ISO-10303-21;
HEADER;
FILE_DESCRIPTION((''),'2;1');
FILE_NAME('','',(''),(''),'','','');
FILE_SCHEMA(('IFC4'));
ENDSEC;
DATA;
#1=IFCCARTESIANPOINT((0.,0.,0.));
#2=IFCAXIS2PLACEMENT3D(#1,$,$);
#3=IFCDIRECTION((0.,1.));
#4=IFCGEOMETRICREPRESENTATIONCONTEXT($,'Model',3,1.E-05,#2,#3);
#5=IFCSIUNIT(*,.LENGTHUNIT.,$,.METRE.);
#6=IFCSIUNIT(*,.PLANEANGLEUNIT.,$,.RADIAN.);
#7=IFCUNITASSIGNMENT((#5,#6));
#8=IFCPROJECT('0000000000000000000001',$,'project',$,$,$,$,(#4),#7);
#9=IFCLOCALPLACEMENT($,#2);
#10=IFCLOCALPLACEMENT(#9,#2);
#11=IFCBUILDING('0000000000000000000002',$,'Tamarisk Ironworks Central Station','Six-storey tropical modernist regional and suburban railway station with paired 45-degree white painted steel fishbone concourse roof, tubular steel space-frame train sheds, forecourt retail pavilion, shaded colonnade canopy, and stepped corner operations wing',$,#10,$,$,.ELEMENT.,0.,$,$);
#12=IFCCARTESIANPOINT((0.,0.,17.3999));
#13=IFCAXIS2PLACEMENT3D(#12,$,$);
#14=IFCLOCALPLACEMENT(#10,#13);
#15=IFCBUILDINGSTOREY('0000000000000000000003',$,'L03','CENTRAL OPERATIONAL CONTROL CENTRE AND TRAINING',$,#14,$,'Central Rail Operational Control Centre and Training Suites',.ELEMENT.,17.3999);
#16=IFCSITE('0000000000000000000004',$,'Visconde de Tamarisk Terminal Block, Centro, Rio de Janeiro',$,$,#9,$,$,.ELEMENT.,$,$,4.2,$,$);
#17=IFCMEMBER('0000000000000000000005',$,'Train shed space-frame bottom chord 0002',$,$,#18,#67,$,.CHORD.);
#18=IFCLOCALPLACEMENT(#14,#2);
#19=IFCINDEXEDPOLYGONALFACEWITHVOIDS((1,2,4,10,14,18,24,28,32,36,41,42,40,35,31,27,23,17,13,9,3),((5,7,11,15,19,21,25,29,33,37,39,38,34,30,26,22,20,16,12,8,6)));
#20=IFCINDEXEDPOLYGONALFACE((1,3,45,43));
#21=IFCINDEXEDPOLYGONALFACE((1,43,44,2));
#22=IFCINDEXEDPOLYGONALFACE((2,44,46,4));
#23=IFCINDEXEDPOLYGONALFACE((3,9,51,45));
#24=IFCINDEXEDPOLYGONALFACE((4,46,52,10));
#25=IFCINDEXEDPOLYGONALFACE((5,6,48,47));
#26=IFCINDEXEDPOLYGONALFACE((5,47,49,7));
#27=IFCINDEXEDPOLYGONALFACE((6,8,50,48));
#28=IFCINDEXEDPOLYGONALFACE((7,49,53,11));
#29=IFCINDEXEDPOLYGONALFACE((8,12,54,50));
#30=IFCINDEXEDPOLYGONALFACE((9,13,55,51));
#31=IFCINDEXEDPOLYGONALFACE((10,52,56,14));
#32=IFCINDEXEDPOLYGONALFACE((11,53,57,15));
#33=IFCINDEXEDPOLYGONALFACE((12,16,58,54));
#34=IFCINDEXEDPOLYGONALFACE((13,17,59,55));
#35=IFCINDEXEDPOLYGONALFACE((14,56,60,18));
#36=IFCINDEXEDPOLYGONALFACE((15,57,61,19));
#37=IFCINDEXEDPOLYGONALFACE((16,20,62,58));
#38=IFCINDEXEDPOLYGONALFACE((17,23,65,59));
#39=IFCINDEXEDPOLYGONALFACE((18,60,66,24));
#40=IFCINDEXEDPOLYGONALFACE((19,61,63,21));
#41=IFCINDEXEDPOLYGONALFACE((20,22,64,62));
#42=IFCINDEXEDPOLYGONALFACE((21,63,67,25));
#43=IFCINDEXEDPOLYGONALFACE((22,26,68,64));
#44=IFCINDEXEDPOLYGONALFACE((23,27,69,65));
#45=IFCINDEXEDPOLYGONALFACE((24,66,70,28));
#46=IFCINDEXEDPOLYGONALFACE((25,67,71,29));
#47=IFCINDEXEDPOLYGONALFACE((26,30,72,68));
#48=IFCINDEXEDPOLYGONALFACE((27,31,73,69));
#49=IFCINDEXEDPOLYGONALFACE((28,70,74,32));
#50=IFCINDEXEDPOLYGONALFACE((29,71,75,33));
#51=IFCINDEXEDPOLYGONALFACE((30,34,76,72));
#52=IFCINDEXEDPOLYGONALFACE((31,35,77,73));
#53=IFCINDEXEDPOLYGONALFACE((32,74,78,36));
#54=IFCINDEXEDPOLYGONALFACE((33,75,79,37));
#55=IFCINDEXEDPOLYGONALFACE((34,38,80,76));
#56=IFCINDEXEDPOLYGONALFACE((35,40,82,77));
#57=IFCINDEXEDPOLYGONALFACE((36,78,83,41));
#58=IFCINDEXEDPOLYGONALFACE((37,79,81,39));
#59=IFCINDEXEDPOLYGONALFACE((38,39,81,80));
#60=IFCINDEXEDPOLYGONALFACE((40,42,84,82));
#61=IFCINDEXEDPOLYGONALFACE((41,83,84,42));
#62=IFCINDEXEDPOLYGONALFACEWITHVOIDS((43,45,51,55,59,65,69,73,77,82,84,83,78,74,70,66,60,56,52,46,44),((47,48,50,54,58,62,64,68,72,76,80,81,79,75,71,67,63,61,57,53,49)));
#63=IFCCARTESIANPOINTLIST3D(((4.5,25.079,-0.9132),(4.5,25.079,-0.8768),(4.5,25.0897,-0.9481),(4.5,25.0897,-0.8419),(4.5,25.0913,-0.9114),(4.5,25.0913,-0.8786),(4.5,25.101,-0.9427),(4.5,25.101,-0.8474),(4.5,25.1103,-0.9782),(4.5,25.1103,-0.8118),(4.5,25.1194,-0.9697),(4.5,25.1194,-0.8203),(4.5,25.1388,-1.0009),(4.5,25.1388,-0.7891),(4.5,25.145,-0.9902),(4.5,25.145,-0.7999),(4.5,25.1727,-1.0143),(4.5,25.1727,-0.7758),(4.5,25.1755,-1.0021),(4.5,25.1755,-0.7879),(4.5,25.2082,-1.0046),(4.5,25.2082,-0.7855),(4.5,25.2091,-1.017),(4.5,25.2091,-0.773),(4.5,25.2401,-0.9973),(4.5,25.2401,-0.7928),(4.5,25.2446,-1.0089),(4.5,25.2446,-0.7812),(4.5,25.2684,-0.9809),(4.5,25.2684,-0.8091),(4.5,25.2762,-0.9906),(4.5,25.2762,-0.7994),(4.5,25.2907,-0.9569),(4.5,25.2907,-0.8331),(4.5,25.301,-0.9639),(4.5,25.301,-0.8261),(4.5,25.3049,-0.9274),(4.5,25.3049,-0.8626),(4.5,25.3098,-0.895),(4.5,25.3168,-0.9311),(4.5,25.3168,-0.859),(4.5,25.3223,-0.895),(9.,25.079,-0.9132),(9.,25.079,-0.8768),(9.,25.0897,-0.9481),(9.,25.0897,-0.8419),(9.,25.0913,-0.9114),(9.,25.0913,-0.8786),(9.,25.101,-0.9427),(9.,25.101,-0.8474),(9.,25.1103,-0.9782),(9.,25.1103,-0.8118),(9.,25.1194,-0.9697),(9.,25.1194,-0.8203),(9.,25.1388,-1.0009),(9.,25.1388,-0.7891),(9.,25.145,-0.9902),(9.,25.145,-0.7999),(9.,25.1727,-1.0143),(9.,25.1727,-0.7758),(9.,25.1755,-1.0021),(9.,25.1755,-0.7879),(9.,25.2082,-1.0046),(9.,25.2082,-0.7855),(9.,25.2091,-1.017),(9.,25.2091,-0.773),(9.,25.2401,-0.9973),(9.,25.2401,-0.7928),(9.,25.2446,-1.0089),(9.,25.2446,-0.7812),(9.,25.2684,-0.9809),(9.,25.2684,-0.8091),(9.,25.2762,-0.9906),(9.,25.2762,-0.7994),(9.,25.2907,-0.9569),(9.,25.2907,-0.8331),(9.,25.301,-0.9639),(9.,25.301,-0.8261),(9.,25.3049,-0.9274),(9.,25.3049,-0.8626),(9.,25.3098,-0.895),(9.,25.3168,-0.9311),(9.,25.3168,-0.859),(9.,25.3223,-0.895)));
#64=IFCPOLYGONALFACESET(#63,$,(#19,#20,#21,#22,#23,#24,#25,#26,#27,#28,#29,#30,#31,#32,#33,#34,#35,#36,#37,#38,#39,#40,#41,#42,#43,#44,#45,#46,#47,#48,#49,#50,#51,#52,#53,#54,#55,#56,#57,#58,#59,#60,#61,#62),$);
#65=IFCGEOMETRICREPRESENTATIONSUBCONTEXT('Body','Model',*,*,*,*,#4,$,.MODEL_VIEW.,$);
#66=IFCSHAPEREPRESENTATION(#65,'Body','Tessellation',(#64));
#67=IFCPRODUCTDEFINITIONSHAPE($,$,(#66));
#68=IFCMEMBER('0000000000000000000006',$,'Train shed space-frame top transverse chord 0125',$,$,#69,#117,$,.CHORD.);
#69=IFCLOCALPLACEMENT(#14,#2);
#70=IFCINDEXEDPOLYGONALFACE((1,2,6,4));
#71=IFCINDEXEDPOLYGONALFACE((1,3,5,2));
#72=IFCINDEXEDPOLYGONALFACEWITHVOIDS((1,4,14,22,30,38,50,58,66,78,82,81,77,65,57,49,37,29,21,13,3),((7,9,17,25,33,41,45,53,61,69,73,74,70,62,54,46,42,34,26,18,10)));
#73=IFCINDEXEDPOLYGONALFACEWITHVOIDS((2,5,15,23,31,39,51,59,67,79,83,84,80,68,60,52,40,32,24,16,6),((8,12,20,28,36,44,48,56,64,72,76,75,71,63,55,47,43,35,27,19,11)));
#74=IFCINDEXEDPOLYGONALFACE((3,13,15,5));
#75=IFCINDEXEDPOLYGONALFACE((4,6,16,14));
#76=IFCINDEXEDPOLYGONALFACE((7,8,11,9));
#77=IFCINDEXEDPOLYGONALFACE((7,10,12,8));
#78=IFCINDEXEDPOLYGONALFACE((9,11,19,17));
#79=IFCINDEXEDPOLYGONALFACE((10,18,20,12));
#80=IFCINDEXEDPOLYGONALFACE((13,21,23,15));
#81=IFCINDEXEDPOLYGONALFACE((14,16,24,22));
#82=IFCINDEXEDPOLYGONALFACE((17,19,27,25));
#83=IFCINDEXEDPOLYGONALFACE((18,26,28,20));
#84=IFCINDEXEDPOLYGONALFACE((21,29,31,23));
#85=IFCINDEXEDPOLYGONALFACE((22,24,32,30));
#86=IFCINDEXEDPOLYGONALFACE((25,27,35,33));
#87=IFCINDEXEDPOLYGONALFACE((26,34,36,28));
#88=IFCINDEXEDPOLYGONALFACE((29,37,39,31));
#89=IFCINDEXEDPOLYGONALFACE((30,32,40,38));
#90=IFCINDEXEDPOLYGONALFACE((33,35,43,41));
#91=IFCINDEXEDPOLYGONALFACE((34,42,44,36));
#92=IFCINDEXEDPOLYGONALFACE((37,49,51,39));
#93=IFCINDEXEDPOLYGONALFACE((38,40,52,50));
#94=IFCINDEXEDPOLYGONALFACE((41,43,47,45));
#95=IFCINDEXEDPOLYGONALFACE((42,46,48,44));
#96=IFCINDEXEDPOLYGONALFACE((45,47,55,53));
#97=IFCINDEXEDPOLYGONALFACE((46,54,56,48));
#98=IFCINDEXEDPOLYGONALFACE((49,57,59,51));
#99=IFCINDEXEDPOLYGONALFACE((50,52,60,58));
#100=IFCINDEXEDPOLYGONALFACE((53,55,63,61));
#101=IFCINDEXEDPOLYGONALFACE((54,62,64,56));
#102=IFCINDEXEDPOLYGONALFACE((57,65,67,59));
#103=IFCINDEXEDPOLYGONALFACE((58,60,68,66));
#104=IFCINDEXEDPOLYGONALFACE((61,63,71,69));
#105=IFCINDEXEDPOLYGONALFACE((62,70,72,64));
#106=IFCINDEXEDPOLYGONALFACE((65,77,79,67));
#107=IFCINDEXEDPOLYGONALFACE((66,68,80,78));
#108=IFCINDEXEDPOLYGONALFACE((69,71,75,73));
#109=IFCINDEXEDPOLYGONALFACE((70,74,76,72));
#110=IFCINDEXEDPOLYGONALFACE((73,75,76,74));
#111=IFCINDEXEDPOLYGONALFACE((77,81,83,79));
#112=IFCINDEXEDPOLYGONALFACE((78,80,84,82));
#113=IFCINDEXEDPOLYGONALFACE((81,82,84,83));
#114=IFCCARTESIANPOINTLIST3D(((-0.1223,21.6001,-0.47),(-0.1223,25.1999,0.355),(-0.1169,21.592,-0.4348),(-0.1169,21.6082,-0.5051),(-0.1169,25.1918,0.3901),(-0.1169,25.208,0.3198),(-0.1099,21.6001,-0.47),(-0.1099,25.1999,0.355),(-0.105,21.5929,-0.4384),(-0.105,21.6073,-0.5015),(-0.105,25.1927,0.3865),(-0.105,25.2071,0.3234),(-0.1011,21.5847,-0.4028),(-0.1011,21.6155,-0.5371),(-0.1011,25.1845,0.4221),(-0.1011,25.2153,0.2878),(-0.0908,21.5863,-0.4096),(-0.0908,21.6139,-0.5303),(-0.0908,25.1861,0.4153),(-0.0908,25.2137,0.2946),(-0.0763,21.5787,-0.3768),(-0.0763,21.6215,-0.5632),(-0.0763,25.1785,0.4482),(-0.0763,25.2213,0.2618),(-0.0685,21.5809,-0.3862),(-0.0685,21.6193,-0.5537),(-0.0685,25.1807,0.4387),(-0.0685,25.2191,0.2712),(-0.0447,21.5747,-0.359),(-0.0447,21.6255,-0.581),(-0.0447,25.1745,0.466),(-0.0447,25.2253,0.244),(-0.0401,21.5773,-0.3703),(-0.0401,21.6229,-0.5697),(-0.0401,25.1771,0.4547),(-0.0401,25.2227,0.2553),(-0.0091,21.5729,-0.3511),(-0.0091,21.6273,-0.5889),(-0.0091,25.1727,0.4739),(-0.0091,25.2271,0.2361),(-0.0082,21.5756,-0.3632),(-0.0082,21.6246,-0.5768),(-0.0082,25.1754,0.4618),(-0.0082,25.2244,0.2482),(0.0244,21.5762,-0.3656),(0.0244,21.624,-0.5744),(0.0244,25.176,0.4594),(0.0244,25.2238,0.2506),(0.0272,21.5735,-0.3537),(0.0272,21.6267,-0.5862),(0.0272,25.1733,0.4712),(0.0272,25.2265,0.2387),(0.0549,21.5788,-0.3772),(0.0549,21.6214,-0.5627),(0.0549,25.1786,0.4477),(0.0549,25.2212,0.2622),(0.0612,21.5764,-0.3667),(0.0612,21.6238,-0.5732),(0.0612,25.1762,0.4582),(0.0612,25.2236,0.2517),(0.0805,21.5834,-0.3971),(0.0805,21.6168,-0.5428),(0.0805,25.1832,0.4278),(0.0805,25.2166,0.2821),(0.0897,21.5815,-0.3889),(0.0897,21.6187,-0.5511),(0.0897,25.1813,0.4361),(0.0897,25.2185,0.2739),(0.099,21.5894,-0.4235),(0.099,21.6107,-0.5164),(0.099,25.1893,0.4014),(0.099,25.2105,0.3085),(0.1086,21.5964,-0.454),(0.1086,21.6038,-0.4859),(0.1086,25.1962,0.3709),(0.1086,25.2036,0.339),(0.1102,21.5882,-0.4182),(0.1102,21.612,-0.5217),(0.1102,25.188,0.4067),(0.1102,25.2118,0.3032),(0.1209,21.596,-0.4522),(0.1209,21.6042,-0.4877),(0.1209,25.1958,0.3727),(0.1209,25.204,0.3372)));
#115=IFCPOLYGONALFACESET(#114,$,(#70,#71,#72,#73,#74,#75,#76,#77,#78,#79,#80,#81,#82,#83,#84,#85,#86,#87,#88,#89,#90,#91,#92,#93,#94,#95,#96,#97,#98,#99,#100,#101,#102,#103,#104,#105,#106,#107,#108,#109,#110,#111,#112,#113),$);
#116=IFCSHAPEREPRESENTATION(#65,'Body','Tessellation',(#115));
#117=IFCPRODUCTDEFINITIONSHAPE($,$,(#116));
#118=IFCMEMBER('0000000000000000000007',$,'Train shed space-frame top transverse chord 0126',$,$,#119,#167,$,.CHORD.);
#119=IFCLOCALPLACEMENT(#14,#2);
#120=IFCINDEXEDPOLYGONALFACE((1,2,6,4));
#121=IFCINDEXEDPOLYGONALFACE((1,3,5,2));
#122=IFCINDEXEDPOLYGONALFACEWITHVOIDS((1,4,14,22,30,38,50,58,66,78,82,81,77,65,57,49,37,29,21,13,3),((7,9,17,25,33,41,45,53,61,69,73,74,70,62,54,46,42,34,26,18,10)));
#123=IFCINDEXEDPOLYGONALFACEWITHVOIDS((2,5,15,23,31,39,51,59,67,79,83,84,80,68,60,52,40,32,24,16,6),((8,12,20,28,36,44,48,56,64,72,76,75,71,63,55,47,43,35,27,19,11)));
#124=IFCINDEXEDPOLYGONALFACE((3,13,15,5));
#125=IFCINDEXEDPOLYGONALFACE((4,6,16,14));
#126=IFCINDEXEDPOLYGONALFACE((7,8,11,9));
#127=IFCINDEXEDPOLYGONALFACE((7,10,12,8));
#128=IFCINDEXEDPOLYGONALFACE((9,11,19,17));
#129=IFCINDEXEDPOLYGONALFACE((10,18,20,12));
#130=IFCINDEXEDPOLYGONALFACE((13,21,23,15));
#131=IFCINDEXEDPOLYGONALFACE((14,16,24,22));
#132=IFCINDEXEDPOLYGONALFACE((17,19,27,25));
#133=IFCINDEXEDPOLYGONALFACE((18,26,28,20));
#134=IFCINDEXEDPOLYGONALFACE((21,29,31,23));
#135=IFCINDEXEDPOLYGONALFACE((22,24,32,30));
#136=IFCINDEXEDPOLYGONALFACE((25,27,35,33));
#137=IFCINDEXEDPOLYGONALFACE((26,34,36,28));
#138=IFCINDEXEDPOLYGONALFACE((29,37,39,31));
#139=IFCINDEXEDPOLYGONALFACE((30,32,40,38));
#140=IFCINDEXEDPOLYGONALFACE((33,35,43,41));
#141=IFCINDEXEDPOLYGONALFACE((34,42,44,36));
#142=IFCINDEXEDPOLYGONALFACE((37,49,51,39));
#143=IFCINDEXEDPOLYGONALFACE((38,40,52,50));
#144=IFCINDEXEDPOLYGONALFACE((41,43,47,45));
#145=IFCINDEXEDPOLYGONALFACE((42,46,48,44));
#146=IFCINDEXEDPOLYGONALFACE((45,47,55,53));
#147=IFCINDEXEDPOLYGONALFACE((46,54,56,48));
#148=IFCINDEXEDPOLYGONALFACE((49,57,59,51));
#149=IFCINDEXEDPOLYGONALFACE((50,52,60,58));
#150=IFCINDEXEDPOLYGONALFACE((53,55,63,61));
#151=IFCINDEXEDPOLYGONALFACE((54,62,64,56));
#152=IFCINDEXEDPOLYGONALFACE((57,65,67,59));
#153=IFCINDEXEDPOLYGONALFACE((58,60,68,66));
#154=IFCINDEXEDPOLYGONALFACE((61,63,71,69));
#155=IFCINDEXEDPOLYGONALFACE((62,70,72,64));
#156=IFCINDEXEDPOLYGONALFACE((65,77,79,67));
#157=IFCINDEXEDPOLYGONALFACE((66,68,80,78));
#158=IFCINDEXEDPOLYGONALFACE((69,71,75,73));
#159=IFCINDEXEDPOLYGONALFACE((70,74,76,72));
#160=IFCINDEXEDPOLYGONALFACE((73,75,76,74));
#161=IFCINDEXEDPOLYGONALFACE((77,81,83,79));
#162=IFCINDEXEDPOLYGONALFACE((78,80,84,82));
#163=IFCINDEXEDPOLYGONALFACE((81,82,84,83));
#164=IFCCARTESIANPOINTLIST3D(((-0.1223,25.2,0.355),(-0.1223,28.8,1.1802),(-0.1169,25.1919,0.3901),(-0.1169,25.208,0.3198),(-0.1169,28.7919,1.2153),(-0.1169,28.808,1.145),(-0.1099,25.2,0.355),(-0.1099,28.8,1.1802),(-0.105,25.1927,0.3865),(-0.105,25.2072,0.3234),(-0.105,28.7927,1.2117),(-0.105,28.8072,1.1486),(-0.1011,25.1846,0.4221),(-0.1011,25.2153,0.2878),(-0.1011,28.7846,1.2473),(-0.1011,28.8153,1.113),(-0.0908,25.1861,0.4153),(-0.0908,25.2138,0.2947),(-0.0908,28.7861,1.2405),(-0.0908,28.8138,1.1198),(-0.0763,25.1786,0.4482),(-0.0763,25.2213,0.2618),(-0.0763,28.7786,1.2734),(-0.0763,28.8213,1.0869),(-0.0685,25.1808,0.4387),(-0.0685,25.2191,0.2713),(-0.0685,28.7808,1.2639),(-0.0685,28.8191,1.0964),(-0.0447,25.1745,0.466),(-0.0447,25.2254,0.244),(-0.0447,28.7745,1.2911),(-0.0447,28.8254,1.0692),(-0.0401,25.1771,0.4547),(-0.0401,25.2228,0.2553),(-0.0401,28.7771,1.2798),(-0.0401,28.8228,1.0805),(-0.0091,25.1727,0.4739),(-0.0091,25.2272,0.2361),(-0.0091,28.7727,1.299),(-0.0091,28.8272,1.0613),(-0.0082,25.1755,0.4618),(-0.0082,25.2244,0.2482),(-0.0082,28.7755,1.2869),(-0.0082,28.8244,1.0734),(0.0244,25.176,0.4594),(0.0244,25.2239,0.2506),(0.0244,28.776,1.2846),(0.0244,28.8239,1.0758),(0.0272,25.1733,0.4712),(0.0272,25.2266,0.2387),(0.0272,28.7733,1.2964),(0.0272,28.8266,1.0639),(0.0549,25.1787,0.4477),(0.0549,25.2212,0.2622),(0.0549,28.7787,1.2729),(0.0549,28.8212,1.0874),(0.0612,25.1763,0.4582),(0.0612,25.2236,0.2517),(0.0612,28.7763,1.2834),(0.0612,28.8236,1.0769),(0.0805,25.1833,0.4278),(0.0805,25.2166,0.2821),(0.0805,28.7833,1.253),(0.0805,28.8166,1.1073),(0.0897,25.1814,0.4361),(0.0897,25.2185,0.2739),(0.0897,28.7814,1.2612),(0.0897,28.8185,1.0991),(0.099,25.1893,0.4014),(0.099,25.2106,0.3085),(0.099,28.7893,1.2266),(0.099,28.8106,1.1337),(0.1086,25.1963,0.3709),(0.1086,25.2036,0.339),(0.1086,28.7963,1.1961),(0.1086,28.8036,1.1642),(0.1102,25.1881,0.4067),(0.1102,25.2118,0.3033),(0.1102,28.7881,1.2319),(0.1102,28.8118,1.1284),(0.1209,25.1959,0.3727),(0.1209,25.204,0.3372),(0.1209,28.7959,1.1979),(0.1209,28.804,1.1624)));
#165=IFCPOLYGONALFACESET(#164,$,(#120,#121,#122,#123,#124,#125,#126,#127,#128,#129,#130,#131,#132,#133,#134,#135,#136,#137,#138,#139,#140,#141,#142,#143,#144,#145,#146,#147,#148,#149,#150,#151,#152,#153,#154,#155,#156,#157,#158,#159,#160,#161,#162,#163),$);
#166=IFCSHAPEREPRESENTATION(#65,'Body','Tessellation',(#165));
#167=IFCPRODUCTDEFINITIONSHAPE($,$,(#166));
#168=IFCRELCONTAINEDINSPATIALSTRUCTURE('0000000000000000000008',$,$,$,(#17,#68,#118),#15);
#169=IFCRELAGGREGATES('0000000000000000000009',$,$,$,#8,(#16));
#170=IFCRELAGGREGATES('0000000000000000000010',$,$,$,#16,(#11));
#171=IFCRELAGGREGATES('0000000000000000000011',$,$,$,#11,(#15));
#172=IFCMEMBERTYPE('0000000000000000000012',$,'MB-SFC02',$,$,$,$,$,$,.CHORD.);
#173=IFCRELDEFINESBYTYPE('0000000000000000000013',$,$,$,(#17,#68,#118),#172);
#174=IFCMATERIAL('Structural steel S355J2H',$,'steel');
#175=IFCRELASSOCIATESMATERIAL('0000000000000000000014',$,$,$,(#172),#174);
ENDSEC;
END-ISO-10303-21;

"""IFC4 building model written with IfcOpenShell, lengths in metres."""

from ifc_helpers import new_model, si_unit, direction, frame, origin, origin_2d, place, context, subcontext, project, spatial, hollow_circle, extrude, material, material_profile, profile_set, type_object, element, save


model = new_model("IFC4")

# Units and contexts
model_context = context("Model", 3, precision=1e-05, world=origin(), true_north=direction((0.0, 1.0)))
body_context = subcontext(model_context, "Body", "Model", "MODEL_VIEW")
ifc_project = project(units=[si_unit("LENGTHUNIT", "METRE"), si_unit("PLANEANGLEUNIT", "RADIAN")], contexts=[model_context])

# Site, building, storey
site_placement = place(None, origin())
site = spatial("IfcSite", under=ifc_project, at=site_placement, Name="Visconde de Tamarisk Terminal Block, Centro, Rio de Janeiro", CompositionType="ELEMENT", RefElevation=4.2)
building_placement = place(site_placement, origin())
building = spatial("IfcBuilding", under=site, at=building_placement, Name="Tamarisk Ironworks Central Station", Description="Six-storey tropical modernist regional and suburban railway station with paired 45-degree white painted steel fishbone concourse roof, tubular steel space-frame train sheds, forecourt retail pavilion, shaded colonnade canopy, and stepped corner operations wing", CompositionType="ELEMENT", ElevationOfRefHeight=0.0)
storey_placement = place(building_placement, frame((0.0, 0.0, 17.3999)))
storey = spatial("IfcBuildingStorey", under=building, at=storey_placement, Name="L03", Description="CENTRAL OPERATIONAL CONTROL CENTRE AND TRAINING", LongName="Central Rail Operational Control Centre and Training Suites", CompositionType="ELEMENT", Elevation=17.3999)

# Members
ifc_material_1 = material(Name="Structural steel S355J2H", Category="steel")
ifc_material_profile_1 = material_profile(ifc_material_1, hollow_circle(Radius=0.1223, WallThickness=0.0125, at=origin_2d()), Name="CHS 244.5x12.5")
ifc_profile_set_1 = profile_set([ifc_material_profile_1], Name="Structural steel S355J2H")
member_type_1 = type_object("IfcMemberType", Name="MB-SFC02", PredefinedType="CHORD", material=ifc_profile_set_1)
for number, where, z_axis, x_axis, name in (
    (1, (4.5, 25.2, -0.895), (1.0, 0.0, 0.0), (0.0, 1.0, 0.0), "Train shed space-frame bottom chord 0002"),
):
    element("IfcMember", number, at=place(storey_placement, frame(where, z_axis=z_axis, x_axis=x_axis)), inside=storey, type_object=member_type_1, Name=name, PredefinedType="CHORD", context=body_context, shape_type="SweptSolid", body=[
        extrude(hollow_circle(Radius=0.1223, WallThickness=0.0125, at=origin_2d()), origin(), (0.0, 0.0, 1.0), 4.5),
    ])
member_1_placement = place(storey_placement, frame((0.0, 21.6001, -0.47), z_axis=(0.0, 0.974733, 0.223372), x_axis=(-1.0, 0.0, 0.0)))
element("IfcMember", 2, at=member_1_placement, inside=storey, type_object=member_type_1, Name="Train shed space-frame top transverse chord 0125", PredefinedType="CHORD", context=body_context, shape_type="SweptSolid", body=[
    extrude(hollow_circle(Radius=0.1223, WallThickness=0.0125, at=origin_2d()), origin(), (0.0, 0.0, 1.0), 3.6931),
])
member_2_placement = place(storey_placement, frame((0.0, 25.2, 0.355), z_axis=(0.0, 0.974722, 0.223421), x_axis=(-1.0, 0.0, 0.0)))
element("IfcMember", 3, at=member_2_placement, inside=storey, type_object=member_type_1, Name="Train shed space-frame top transverse chord 0126", PredefinedType="CHORD", context=body_context, shape_type="SweptSolid", body=[
    extrude(hollow_circle(Radius=0.1223, WallThickness=0.0125, at=origin_2d()), origin(), (0.0, 0.0, 1.0), 3.6934),
])

save(model, "model.ifc")
